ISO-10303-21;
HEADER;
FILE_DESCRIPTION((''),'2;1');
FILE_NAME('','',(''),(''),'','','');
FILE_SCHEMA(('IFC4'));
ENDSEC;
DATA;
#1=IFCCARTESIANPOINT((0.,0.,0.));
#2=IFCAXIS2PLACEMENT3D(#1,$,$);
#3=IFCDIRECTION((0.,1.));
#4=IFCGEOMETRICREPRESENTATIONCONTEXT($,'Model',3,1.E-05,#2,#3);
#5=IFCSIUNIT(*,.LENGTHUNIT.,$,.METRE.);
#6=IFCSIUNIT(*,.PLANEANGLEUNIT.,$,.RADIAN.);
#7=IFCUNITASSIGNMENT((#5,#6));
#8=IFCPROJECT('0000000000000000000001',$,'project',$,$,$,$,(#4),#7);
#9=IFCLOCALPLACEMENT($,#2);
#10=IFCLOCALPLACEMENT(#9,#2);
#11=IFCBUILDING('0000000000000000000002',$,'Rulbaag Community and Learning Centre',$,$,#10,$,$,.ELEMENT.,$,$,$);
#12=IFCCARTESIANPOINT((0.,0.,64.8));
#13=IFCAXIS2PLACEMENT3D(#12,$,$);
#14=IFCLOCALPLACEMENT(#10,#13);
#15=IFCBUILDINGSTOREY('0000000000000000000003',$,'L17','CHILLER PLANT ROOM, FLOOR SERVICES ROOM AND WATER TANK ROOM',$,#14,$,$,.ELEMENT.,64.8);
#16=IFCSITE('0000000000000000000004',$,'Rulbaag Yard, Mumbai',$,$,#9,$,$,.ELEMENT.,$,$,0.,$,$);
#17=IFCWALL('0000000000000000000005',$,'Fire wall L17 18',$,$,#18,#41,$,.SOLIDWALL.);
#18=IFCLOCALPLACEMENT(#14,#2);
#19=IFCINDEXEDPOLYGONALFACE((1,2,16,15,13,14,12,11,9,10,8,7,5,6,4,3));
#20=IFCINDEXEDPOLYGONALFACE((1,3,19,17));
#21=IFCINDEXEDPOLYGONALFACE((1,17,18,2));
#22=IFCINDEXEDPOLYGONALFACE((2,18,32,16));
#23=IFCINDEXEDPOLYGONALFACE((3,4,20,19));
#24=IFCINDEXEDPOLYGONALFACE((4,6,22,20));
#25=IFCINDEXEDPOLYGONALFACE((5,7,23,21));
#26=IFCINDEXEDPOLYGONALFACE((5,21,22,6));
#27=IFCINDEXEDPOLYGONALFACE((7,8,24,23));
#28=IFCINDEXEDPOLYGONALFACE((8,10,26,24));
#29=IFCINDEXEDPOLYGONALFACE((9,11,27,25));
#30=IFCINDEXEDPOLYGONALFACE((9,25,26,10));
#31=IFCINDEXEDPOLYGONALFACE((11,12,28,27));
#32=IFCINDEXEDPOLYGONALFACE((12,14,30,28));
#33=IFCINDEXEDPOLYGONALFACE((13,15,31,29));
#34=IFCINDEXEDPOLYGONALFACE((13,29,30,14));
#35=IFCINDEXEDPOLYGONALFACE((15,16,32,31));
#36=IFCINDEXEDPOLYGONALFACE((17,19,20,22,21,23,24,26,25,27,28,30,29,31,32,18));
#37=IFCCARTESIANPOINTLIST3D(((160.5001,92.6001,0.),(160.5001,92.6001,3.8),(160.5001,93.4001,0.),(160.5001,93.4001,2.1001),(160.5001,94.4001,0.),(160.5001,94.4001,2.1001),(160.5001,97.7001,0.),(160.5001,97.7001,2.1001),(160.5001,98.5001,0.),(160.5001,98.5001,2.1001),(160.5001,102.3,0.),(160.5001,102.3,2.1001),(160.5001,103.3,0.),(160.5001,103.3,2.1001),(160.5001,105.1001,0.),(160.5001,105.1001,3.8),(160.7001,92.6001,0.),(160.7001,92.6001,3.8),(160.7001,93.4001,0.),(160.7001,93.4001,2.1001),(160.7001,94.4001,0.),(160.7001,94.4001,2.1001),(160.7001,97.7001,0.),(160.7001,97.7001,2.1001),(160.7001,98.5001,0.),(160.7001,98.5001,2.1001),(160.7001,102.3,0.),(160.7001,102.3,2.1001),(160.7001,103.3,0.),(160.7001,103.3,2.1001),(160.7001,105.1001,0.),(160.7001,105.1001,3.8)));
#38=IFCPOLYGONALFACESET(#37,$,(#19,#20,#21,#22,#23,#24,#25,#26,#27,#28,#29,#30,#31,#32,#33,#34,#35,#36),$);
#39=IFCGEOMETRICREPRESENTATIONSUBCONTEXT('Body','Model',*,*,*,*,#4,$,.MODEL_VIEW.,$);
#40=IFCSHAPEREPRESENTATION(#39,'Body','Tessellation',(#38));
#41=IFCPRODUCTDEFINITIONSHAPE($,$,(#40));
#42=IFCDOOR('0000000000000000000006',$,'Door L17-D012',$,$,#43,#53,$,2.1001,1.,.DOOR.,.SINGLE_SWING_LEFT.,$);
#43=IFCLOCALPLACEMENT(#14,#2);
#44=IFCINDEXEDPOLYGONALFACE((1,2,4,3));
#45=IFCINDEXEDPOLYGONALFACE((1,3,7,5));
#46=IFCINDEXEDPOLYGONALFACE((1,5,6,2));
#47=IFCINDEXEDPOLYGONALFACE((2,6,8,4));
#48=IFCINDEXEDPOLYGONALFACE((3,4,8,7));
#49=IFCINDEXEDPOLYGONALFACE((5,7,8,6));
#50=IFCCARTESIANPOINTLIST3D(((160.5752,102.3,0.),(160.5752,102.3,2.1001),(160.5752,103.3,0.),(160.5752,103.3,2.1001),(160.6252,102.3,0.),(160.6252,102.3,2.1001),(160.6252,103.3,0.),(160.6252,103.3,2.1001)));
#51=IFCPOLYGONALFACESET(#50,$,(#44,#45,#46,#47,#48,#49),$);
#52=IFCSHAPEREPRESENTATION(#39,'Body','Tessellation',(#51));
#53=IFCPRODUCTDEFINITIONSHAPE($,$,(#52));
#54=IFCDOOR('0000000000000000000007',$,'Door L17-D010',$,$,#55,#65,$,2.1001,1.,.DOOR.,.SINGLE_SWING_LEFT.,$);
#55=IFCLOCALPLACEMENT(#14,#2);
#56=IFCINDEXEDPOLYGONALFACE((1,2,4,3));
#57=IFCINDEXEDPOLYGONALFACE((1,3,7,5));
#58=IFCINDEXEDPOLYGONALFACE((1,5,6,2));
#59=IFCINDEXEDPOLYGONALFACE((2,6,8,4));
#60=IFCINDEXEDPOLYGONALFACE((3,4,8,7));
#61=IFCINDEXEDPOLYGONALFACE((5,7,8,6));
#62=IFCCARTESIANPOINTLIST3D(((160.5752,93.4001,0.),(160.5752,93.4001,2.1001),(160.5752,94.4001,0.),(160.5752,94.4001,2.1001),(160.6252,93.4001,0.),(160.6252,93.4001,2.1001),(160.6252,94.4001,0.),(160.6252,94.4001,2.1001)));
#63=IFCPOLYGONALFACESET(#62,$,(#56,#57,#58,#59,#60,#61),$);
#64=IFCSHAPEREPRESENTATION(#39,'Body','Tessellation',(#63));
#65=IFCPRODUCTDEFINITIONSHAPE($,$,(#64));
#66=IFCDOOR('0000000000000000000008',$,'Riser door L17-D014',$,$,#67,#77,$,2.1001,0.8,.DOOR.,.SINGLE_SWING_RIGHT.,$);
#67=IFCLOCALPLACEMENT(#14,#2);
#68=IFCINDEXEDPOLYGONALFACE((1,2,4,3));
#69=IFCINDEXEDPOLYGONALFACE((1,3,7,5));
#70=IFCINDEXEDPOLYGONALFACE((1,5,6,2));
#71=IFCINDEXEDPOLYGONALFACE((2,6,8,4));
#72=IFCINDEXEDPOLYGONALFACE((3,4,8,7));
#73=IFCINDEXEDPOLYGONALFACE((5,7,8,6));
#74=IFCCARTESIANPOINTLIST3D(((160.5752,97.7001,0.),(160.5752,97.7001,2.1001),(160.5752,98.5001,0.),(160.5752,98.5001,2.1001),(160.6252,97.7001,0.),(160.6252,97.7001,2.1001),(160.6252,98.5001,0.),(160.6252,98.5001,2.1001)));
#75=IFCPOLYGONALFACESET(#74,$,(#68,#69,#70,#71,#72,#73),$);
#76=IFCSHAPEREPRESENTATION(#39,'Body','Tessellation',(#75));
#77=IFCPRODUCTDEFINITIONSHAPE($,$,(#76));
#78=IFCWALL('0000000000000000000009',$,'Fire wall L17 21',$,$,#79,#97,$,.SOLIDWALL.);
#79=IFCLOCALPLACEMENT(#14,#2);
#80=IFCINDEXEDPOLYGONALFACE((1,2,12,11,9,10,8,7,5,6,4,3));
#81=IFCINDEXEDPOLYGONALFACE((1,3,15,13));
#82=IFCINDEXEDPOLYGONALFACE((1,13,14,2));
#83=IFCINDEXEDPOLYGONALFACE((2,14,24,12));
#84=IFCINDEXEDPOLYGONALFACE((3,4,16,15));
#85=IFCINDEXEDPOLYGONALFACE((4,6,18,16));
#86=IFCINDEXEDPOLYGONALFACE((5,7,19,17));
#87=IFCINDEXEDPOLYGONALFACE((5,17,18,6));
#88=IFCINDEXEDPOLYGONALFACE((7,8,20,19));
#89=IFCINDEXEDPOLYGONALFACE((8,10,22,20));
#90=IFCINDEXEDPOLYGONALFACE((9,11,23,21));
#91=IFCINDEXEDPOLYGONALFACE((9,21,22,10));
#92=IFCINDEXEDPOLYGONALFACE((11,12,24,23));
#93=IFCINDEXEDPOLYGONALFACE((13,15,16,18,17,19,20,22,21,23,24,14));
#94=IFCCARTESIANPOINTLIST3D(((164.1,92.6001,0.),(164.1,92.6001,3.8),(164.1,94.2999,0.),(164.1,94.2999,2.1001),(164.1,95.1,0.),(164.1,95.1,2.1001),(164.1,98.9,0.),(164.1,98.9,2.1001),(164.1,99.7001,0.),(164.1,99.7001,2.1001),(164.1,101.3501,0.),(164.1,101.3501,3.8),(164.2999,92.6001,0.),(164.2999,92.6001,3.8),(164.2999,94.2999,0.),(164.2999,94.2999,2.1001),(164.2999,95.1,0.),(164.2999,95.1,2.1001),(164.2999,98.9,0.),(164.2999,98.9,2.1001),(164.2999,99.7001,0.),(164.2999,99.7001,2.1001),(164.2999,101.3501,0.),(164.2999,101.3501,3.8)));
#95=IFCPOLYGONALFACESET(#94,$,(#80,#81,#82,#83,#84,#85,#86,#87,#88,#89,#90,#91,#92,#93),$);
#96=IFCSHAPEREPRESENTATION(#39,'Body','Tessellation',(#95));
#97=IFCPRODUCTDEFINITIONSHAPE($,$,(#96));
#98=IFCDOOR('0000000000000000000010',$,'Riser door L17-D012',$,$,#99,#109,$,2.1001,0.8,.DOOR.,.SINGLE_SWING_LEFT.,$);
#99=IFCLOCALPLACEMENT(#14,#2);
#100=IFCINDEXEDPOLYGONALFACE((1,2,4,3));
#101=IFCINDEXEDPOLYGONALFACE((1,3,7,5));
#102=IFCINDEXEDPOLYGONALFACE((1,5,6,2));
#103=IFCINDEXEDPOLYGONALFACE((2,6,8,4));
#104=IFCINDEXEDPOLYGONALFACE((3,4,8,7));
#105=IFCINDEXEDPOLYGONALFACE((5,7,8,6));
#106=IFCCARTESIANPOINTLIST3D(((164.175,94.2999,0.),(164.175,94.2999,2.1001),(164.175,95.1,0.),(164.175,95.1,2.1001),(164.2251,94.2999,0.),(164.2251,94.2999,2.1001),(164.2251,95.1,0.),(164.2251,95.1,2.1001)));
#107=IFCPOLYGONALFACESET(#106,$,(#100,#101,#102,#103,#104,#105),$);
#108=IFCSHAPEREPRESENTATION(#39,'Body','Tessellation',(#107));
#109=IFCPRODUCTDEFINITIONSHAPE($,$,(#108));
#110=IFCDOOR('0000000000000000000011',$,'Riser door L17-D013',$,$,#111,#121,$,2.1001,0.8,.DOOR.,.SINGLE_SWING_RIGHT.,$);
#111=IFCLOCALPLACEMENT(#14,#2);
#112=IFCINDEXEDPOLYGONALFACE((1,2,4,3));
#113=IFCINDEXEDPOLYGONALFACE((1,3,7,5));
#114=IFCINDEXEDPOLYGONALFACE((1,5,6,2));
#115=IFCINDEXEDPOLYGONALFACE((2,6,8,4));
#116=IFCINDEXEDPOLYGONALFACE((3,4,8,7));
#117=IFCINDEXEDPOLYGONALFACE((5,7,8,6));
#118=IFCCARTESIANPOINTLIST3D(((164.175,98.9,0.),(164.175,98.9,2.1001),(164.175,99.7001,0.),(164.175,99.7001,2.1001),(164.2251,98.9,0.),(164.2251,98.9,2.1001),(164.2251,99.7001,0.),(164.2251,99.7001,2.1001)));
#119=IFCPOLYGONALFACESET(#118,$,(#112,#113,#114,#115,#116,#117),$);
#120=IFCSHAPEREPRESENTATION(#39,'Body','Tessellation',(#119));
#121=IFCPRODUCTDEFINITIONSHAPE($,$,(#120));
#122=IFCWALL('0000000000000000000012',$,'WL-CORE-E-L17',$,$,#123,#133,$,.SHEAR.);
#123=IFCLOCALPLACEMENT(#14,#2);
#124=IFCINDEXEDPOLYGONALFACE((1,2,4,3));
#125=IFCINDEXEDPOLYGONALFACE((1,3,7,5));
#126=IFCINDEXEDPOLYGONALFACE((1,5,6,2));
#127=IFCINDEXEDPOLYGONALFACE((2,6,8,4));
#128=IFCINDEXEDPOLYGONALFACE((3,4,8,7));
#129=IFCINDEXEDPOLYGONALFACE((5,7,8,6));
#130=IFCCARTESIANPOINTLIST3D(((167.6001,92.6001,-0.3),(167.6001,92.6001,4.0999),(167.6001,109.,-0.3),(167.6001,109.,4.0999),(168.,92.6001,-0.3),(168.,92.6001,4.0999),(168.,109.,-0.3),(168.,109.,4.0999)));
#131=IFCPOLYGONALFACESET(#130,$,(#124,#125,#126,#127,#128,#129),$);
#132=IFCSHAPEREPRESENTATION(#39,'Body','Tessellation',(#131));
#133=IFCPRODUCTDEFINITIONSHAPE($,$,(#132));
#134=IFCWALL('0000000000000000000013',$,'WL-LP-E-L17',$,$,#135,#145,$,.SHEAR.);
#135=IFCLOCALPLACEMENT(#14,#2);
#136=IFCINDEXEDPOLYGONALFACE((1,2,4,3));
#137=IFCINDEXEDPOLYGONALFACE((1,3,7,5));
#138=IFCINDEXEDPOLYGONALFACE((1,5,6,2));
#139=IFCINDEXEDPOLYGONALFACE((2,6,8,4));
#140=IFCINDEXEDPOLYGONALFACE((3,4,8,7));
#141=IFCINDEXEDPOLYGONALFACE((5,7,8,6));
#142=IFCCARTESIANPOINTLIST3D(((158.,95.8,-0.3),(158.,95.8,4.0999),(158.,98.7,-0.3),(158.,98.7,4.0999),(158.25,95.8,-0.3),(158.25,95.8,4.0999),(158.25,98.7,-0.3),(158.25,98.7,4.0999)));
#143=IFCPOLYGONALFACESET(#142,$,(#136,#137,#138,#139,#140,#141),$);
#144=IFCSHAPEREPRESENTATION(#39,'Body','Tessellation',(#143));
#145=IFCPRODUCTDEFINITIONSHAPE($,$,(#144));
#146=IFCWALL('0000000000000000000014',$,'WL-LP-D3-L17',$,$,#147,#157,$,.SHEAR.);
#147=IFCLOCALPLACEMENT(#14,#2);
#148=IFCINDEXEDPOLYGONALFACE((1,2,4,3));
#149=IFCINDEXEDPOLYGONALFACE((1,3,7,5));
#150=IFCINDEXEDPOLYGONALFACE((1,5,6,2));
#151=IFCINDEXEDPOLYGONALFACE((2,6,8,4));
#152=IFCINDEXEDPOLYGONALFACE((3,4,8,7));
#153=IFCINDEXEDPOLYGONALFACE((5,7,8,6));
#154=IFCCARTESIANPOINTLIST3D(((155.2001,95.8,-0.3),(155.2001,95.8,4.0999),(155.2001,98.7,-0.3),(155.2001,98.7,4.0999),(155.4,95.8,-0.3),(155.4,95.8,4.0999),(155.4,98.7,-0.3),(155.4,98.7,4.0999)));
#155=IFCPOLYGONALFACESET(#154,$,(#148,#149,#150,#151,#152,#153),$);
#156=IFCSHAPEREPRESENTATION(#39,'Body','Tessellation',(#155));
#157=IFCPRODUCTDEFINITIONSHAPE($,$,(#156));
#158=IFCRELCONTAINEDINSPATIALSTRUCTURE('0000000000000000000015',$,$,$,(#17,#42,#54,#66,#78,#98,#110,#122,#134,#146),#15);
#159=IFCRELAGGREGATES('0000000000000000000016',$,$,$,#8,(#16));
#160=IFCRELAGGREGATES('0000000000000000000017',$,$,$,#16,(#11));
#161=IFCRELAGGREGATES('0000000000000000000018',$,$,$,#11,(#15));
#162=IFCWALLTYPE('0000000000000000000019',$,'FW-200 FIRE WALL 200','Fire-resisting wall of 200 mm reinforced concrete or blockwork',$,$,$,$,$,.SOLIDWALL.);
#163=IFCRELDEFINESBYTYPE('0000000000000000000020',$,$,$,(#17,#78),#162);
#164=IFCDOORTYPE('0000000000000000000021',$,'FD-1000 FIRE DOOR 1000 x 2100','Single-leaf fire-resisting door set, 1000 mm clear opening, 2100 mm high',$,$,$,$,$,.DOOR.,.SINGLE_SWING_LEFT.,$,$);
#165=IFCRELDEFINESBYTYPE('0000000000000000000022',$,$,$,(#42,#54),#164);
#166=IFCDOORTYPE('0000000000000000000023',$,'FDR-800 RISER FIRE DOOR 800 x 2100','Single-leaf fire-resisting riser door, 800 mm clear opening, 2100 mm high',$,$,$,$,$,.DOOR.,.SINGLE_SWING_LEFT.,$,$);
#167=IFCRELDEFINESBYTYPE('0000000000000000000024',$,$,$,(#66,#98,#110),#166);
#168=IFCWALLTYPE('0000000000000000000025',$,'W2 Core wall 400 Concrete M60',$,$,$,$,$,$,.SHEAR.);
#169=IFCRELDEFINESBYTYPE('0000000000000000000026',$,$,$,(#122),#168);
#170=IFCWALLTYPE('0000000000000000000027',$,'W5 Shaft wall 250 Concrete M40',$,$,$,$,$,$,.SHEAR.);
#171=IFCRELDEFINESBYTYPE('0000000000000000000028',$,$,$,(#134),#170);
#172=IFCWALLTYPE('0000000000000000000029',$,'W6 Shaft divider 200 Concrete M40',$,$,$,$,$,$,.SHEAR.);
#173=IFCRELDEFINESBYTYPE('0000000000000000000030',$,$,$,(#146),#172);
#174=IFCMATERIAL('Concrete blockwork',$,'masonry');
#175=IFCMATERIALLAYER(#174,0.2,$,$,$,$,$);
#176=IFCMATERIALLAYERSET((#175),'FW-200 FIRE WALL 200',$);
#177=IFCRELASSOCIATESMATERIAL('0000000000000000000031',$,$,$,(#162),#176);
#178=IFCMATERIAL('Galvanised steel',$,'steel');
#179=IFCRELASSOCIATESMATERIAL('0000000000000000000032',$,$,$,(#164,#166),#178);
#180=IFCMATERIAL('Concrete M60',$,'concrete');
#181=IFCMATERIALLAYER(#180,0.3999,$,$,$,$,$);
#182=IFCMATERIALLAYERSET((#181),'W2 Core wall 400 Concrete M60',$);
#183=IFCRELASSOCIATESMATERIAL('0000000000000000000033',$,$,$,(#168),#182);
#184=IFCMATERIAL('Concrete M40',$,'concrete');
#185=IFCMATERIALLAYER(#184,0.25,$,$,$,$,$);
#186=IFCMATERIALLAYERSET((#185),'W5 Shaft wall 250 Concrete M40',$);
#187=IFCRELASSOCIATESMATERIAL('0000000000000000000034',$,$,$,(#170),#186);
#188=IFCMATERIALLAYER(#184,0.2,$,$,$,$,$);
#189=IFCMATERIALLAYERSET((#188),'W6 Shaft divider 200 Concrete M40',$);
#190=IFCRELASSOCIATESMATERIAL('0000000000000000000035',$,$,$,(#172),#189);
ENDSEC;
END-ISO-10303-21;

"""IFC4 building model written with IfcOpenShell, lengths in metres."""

from ifc_helpers import new_model, si_unit, direction, frame, frame_2d, origin, place, context, subcontext, project, spatial, rectangle, extrude, material, layer, layer_set, type_object, element, fill, save


model = new_model("IFC4")

# Units and contexts
model_context = context("Model", 3, precision=1e-05, world=origin(), true_north=direction((0.0, 1.0)))
body_context = subcontext(model_context, "Body", "Model", "MODEL_VIEW")
ifc_project = project(units=[si_unit("LENGTHUNIT", "METRE"), si_unit("PLANEANGLEUNIT", "RADIAN")], contexts=[model_context])

# Site, building, storey
site_placement = place(None, origin())
site = spatial("IfcSite", under=ifc_project, at=site_placement, Name="Rulbaag Yard, Mumbai", CompositionType="ELEMENT", RefElevation=0.0)
building_placement = place(site_placement, origin())
building = spatial("IfcBuilding", under=site, at=building_placement, Name="Rulbaag Community and Learning Centre", CompositionType="ELEMENT")
storey_placement = place(building_placement, frame((0.0, 0.0, 64.8)))
storey = spatial("IfcBuildingStorey", under=building, at=storey_placement, Name="L17", Description="CHILLER PLANT ROOM, FLOOR SERVICES ROOM AND WATER TANK ROOM", CompositionType="ELEMENT", Elevation=64.8)

# Walls, openings, doors
ifc_material_1 = material(Name="Concrete blockwork", Category="masonry")
ifc_layer_1 = layer(ifc_material_1, 0.2)
ifc_layer_set_1 = layer_set([ifc_layer_1], Name="FW-200 FIRE WALL 200")
wall_type_1 = type_object("IfcWallType", Name="FW-200 FIRE WALL 200", Description="Fire-resisting wall of 200 mm reinforced concrete or blockwork", PredefinedType="SOLIDWALL", material=ifc_layer_set_1)
wall_1_placement = place(storey_placement, frame((160.6001, 92.6001, 0.0), z_axis=(0.0, 0.0, 1.0), x_axis=(0.0, 1.0, 0.0)))
wall_1 = element("IfcWall", 1, at=wall_1_placement, inside=storey, type_object=wall_type_1, Name="Fire wall L17 18", PredefinedType="SOLIDWALL", context=body_context, shape_type="SweptSolid", body=[
    extrude(rectangle(XDim=12.5, YDim=0.2, at=frame_2d((6.25, 0.0))), origin(), (0.0, 0.0, 1.0), 3.8),
])
opening_1_placement = place(wall_1_placement, frame((5.1001, 0.0, 0.0)))
opening_1 = element("IfcOpeningElement", 2, at=opening_1_placement, cuts=wall_1, PredefinedType="OPENING", context=body_context, shape_type="SweptSolid", body=[
    extrude(rectangle(XDim=0.8, YDim=2.1001, at=frame_2d((0.3999, 1.05))), frame((0.0, 0.1099, 0.0), z_axis=(0.0, -1.0, 0.0), x_axis=(1.0, 0.0, 0.0)), (0.0, 0.0, 1.0), 0.22),
])
opening_2_placement = place(wall_1_placement, frame((9.7, 0.0, 0.0)))
opening_2 = element("IfcOpeningElement", 3, at=opening_2_placement, cuts=wall_1, PredefinedType="OPENING", context=body_context, shape_type="SweptSolid", body=[
    extrude(rectangle(XDim=1.0, YDim=2.1001, at=frame_2d((0.5, 1.05))), frame((0.0, 0.1099, 0.0), z_axis=(0.0, -1.0, 0.0), x_axis=(1.0, 0.0, 0.0)), (0.0, 0.0, 1.0), 0.22),
])
opening_3_placement = place(wall_1_placement, frame((0.8, 0.0, 0.0)))
opening_3 = element("IfcOpeningElement", 4, at=opening_3_placement, cuts=wall_1, PredefinedType="OPENING", context=body_context, shape_type="SweptSolid", body=[
    extrude(rectangle(XDim=1.0, YDim=2.1001, at=frame_2d((0.5, 1.05))), frame((0.0, 0.1099, 0.0), z_axis=(0.0, -1.0, 0.0), x_axis=(1.0, 0.0, 0.0)), (0.0, 0.0, 1.0), 0.22),
])
ifc_material_2 = material(Name="Galvanised steel", Category="steel")
door_type_1 = type_object("IfcDoorType", Name="FD-1000 FIRE DOOR 1000 x 2100", Description="Single-leaf fire-resisting door set, 1000 mm clear opening, 2100 mm high", OperationType="SINGLE_SWING_LEFT", PredefinedType="DOOR", material=ifc_material_2)
door_1_placement = place(opening_2_placement, origin())
door_1 = element("IfcDoor", 5, at=door_1_placement, inside=storey, type_object=door_type_1, Name="Door L17-D012", OperationType="SINGLE_SWING_LEFT", OverallHeight=2.1001, OverallWidth=1.0, PredefinedType="DOOR", context=body_context, shape_type="SweptSolid", body=[
    extrude(rectangle(XDim=1.0, YDim=2.1001, at=frame_2d((0.5, 1.05))), frame((0.0, 0.0249, 0.0), z_axis=(0.0, -1.0, 0.0), x_axis=(1.0, 0.0, 0.0)), (0.0, 0.0, 1.0), 0.05),
])
fill(opening_2, door_1)
door_2_placement = place(opening_3_placement, origin())
door_2 = element("IfcDoor", 6, at=door_2_placement, inside=storey, type_object=door_type_1, Name="Door L17-D010", OperationType="SINGLE_SWING_LEFT", OverallHeight=2.1001, OverallWidth=1.0, PredefinedType="DOOR", context=body_context, shape_type="SweptSolid", body=[
    extrude(rectangle(XDim=1.0, YDim=2.1001, at=frame_2d((0.5, 1.05))), frame((0.0, 0.0249, 0.0), z_axis=(0.0, -1.0, 0.0), x_axis=(1.0, 0.0, 0.0)), (0.0, 0.0, 1.0), 0.05),
])
fill(opening_3, door_2)
door_type_2 = type_object("IfcDoorType", Name="FDR-800 RISER FIRE DOOR 800 x 2100", Description="Single-leaf fire-resisting riser door, 800 mm clear opening, 2100 mm high", OperationType="SINGLE_SWING_LEFT", PredefinedType="DOOR", material=ifc_material_2)
door_3_placement = place(opening_1_placement, origin())
door_3 = element("IfcDoor", 7, at=door_3_placement, inside=storey, type_object=door_type_2, Name="Riser door L17-D014", OperationType="SINGLE_SWING_RIGHT", OverallHeight=2.1001, OverallWidth=0.8, PredefinedType="DOOR", context=body_context, shape_type="SweptSolid", body=[
    extrude(rectangle(XDim=0.8, YDim=2.1001, at=frame_2d((0.3999, 1.05))), frame((0.0, 0.0249, 0.0), z_axis=(0.0, -1.0, 0.0), x_axis=(1.0, 0.0, 0.0)), (0.0, 0.0, 1.0), 0.05),
])
fill(opening_1, door_3)
wall_2_placement = place(storey_placement, frame((164.2, 92.6001, 0.0), z_axis=(0.0, 0.0, 1.0), x_axis=(0.0, 1.0, 0.0)))
wall_2 = element("IfcWall", 8, at=wall_2_placement, inside=storey, type_object=wall_type_1, Name="Fire wall L17 21", PredefinedType="SOLIDWALL", context=body_context, shape_type="SweptSolid", body=[
    extrude(rectangle(XDim=8.75, YDim=0.2, at=frame_2d((4.375, 0.0))), origin(), (0.0, 0.0, 1.0), 3.8),
])
opening_4_placement = place(wall_2_placement, frame((1.7, 0.0, 0.0)))
opening_4 = element("IfcOpeningElement", 9, at=opening_4_placement, cuts=wall_2, PredefinedType="OPENING", context=body_context, shape_type="SweptSolid", body=[
    extrude(rectangle(XDim=0.8, YDim=2.1001, at=frame_2d((0.3999, 1.05))), frame((0.0, 0.1099, 0.0), z_axis=(0.0, -1.0, 0.0), x_axis=(1.0, 0.0, 0.0)), (0.0, 0.0, 1.0), 0.22),
])
opening_5_placement = place(wall_2_placement, frame((6.3, 0.0, 0.0)))
opening_5 = element("IfcOpeningElement", 10, at=opening_5_placement, cuts=wall_2, PredefinedType="OPENING", context=body_context, shape_type="SweptSolid", body=[
    extrude(rectangle(XDim=0.8, YDim=2.1001, at=frame_2d((0.3999, 1.05))), frame((0.0, 0.1099, 0.0), z_axis=(0.0, -1.0, 0.0), x_axis=(1.0, 0.0, 0.0)), (0.0, 0.0, 1.0), 0.22),
])
door_4_placement = place(opening_4_placement, origin())
door_4 = element("IfcDoor", 11, at=door_4_placement, inside=storey, type_object=door_type_2, Name="Riser door L17-D012", OperationType="SINGLE_SWING_LEFT", OverallHeight=2.1001, OverallWidth=0.8, PredefinedType="DOOR", context=body_context, shape_type="SweptSolid", body=[
    extrude(rectangle(XDim=0.8, YDim=2.1001, at=frame_2d((0.3999, 1.05))), frame((0.0, 0.0249, 0.0), z_axis=(0.0, -1.0, 0.0), x_axis=(1.0, 0.0, 0.0)), (0.0, 0.0, 1.0), 0.05),
])
fill(opening_4, door_4)
door_5_placement = place(opening_5_placement, origin())
door_5 = element("IfcDoor", 12, at=door_5_placement, inside=storey, type_object=door_type_2, Name="Riser door L17-D013", OperationType="SINGLE_SWING_RIGHT", OverallHeight=2.1001, OverallWidth=0.8, PredefinedType="DOOR", context=body_context, shape_type="SweptSolid", body=[
    extrude(rectangle(XDim=0.8, YDim=2.1001, at=frame_2d((0.3999, 1.05))), frame((0.0, 0.0249, 0.0), z_axis=(0.0, -1.0, 0.0), x_axis=(1.0, 0.0, 0.0)), (0.0, 0.0, 1.0), 0.05),
])
fill(opening_5, door_5)

# Walls
ifc_material_3 = material(Name="Concrete M60", Category="concrete")
ifc_layer_2 = layer(ifc_material_3, 0.3999)
ifc_layer_set_2 = layer_set([ifc_layer_2], Name="W2 Core wall 400 Concrete M60")
wall_type_2 = type_object("IfcWallType", Name="W2 Core wall 400 Concrete M60", PredefinedType="SHEAR", material=ifc_layer_set_2)
wall_3_placement = place(storey_placement, frame((167.8, 92.6001, -0.3), z_axis=(0.0, 0.0, 1.0), x_axis=(0.0, 1.0, 0.0)))
element("IfcWall", 13, at=wall_3_placement, inside=storey, type_object=wall_type_2, Name="WL-CORE-E-L17", PredefinedType="SHEAR", context=body_context, shape_type="SweptSolid", body=[
    extrude(rectangle(XDim=16.3999, YDim=0.3999, at=frame_2d((8.2, 0.0))), origin(), (0.0, 0.0, 1.0), 4.3999),
])
ifc_material_4 = material(Name="Concrete M40", Category="concrete")
ifc_layer_3 = layer(ifc_material_4, 0.25)
ifc_layer_set_3 = layer_set([ifc_layer_3], Name="W5 Shaft wall 250 Concrete M40")
wall_type_3 = type_object("IfcWallType", Name="W5 Shaft wall 250 Concrete M40", PredefinedType="SHEAR", material=ifc_layer_set_3)
wall_4_placement = place(storey_placement, frame((158.125, 95.8, -0.3), z_axis=(0.0, 0.0, 1.0), x_axis=(0.0, 1.0, 0.0)))
element("IfcWall", 14, at=wall_4_placement, inside=storey, type_object=wall_type_3, Name="WL-LP-E-L17", PredefinedType="SHEAR", context=body_context, shape_type="SweptSolid", body=[
    extrude(rectangle(XDim=2.8999, YDim=0.25, at=frame_2d((1.45, 0.0))), origin(), (0.0, 0.0, 1.0), 4.3999),
])
ifc_layer_4 = layer(ifc_material_4, 0.2)
ifc_layer_set_4 = layer_set([ifc_layer_4], Name="W6 Shaft divider 200 Concrete M40")
wall_type_4 = type_object("IfcWallType", Name="W6 Shaft divider 200 Concrete M40", PredefinedType="SHEAR", material=ifc_layer_set_4)
wall_5_placement = place(storey_placement, frame((155.3, 95.8, -0.3), z_axis=(0.0, 0.0, 1.0), x_axis=(0.0, 1.0, 0.0)))
element("IfcWall", 15, at=wall_5_placement, inside=storey, type_object=wall_type_4, Name="WL-LP-D3-L17", PredefinedType="SHEAR", context=body_context, shape_type="SweptSolid", body=[
    extrude(rectangle(XDim=2.8999, YDim=0.2, at=frame_2d((1.45, 0.0))), origin(), (0.0, 0.0, 1.0), 4.3999),
])

save(model, "model.ifc")
